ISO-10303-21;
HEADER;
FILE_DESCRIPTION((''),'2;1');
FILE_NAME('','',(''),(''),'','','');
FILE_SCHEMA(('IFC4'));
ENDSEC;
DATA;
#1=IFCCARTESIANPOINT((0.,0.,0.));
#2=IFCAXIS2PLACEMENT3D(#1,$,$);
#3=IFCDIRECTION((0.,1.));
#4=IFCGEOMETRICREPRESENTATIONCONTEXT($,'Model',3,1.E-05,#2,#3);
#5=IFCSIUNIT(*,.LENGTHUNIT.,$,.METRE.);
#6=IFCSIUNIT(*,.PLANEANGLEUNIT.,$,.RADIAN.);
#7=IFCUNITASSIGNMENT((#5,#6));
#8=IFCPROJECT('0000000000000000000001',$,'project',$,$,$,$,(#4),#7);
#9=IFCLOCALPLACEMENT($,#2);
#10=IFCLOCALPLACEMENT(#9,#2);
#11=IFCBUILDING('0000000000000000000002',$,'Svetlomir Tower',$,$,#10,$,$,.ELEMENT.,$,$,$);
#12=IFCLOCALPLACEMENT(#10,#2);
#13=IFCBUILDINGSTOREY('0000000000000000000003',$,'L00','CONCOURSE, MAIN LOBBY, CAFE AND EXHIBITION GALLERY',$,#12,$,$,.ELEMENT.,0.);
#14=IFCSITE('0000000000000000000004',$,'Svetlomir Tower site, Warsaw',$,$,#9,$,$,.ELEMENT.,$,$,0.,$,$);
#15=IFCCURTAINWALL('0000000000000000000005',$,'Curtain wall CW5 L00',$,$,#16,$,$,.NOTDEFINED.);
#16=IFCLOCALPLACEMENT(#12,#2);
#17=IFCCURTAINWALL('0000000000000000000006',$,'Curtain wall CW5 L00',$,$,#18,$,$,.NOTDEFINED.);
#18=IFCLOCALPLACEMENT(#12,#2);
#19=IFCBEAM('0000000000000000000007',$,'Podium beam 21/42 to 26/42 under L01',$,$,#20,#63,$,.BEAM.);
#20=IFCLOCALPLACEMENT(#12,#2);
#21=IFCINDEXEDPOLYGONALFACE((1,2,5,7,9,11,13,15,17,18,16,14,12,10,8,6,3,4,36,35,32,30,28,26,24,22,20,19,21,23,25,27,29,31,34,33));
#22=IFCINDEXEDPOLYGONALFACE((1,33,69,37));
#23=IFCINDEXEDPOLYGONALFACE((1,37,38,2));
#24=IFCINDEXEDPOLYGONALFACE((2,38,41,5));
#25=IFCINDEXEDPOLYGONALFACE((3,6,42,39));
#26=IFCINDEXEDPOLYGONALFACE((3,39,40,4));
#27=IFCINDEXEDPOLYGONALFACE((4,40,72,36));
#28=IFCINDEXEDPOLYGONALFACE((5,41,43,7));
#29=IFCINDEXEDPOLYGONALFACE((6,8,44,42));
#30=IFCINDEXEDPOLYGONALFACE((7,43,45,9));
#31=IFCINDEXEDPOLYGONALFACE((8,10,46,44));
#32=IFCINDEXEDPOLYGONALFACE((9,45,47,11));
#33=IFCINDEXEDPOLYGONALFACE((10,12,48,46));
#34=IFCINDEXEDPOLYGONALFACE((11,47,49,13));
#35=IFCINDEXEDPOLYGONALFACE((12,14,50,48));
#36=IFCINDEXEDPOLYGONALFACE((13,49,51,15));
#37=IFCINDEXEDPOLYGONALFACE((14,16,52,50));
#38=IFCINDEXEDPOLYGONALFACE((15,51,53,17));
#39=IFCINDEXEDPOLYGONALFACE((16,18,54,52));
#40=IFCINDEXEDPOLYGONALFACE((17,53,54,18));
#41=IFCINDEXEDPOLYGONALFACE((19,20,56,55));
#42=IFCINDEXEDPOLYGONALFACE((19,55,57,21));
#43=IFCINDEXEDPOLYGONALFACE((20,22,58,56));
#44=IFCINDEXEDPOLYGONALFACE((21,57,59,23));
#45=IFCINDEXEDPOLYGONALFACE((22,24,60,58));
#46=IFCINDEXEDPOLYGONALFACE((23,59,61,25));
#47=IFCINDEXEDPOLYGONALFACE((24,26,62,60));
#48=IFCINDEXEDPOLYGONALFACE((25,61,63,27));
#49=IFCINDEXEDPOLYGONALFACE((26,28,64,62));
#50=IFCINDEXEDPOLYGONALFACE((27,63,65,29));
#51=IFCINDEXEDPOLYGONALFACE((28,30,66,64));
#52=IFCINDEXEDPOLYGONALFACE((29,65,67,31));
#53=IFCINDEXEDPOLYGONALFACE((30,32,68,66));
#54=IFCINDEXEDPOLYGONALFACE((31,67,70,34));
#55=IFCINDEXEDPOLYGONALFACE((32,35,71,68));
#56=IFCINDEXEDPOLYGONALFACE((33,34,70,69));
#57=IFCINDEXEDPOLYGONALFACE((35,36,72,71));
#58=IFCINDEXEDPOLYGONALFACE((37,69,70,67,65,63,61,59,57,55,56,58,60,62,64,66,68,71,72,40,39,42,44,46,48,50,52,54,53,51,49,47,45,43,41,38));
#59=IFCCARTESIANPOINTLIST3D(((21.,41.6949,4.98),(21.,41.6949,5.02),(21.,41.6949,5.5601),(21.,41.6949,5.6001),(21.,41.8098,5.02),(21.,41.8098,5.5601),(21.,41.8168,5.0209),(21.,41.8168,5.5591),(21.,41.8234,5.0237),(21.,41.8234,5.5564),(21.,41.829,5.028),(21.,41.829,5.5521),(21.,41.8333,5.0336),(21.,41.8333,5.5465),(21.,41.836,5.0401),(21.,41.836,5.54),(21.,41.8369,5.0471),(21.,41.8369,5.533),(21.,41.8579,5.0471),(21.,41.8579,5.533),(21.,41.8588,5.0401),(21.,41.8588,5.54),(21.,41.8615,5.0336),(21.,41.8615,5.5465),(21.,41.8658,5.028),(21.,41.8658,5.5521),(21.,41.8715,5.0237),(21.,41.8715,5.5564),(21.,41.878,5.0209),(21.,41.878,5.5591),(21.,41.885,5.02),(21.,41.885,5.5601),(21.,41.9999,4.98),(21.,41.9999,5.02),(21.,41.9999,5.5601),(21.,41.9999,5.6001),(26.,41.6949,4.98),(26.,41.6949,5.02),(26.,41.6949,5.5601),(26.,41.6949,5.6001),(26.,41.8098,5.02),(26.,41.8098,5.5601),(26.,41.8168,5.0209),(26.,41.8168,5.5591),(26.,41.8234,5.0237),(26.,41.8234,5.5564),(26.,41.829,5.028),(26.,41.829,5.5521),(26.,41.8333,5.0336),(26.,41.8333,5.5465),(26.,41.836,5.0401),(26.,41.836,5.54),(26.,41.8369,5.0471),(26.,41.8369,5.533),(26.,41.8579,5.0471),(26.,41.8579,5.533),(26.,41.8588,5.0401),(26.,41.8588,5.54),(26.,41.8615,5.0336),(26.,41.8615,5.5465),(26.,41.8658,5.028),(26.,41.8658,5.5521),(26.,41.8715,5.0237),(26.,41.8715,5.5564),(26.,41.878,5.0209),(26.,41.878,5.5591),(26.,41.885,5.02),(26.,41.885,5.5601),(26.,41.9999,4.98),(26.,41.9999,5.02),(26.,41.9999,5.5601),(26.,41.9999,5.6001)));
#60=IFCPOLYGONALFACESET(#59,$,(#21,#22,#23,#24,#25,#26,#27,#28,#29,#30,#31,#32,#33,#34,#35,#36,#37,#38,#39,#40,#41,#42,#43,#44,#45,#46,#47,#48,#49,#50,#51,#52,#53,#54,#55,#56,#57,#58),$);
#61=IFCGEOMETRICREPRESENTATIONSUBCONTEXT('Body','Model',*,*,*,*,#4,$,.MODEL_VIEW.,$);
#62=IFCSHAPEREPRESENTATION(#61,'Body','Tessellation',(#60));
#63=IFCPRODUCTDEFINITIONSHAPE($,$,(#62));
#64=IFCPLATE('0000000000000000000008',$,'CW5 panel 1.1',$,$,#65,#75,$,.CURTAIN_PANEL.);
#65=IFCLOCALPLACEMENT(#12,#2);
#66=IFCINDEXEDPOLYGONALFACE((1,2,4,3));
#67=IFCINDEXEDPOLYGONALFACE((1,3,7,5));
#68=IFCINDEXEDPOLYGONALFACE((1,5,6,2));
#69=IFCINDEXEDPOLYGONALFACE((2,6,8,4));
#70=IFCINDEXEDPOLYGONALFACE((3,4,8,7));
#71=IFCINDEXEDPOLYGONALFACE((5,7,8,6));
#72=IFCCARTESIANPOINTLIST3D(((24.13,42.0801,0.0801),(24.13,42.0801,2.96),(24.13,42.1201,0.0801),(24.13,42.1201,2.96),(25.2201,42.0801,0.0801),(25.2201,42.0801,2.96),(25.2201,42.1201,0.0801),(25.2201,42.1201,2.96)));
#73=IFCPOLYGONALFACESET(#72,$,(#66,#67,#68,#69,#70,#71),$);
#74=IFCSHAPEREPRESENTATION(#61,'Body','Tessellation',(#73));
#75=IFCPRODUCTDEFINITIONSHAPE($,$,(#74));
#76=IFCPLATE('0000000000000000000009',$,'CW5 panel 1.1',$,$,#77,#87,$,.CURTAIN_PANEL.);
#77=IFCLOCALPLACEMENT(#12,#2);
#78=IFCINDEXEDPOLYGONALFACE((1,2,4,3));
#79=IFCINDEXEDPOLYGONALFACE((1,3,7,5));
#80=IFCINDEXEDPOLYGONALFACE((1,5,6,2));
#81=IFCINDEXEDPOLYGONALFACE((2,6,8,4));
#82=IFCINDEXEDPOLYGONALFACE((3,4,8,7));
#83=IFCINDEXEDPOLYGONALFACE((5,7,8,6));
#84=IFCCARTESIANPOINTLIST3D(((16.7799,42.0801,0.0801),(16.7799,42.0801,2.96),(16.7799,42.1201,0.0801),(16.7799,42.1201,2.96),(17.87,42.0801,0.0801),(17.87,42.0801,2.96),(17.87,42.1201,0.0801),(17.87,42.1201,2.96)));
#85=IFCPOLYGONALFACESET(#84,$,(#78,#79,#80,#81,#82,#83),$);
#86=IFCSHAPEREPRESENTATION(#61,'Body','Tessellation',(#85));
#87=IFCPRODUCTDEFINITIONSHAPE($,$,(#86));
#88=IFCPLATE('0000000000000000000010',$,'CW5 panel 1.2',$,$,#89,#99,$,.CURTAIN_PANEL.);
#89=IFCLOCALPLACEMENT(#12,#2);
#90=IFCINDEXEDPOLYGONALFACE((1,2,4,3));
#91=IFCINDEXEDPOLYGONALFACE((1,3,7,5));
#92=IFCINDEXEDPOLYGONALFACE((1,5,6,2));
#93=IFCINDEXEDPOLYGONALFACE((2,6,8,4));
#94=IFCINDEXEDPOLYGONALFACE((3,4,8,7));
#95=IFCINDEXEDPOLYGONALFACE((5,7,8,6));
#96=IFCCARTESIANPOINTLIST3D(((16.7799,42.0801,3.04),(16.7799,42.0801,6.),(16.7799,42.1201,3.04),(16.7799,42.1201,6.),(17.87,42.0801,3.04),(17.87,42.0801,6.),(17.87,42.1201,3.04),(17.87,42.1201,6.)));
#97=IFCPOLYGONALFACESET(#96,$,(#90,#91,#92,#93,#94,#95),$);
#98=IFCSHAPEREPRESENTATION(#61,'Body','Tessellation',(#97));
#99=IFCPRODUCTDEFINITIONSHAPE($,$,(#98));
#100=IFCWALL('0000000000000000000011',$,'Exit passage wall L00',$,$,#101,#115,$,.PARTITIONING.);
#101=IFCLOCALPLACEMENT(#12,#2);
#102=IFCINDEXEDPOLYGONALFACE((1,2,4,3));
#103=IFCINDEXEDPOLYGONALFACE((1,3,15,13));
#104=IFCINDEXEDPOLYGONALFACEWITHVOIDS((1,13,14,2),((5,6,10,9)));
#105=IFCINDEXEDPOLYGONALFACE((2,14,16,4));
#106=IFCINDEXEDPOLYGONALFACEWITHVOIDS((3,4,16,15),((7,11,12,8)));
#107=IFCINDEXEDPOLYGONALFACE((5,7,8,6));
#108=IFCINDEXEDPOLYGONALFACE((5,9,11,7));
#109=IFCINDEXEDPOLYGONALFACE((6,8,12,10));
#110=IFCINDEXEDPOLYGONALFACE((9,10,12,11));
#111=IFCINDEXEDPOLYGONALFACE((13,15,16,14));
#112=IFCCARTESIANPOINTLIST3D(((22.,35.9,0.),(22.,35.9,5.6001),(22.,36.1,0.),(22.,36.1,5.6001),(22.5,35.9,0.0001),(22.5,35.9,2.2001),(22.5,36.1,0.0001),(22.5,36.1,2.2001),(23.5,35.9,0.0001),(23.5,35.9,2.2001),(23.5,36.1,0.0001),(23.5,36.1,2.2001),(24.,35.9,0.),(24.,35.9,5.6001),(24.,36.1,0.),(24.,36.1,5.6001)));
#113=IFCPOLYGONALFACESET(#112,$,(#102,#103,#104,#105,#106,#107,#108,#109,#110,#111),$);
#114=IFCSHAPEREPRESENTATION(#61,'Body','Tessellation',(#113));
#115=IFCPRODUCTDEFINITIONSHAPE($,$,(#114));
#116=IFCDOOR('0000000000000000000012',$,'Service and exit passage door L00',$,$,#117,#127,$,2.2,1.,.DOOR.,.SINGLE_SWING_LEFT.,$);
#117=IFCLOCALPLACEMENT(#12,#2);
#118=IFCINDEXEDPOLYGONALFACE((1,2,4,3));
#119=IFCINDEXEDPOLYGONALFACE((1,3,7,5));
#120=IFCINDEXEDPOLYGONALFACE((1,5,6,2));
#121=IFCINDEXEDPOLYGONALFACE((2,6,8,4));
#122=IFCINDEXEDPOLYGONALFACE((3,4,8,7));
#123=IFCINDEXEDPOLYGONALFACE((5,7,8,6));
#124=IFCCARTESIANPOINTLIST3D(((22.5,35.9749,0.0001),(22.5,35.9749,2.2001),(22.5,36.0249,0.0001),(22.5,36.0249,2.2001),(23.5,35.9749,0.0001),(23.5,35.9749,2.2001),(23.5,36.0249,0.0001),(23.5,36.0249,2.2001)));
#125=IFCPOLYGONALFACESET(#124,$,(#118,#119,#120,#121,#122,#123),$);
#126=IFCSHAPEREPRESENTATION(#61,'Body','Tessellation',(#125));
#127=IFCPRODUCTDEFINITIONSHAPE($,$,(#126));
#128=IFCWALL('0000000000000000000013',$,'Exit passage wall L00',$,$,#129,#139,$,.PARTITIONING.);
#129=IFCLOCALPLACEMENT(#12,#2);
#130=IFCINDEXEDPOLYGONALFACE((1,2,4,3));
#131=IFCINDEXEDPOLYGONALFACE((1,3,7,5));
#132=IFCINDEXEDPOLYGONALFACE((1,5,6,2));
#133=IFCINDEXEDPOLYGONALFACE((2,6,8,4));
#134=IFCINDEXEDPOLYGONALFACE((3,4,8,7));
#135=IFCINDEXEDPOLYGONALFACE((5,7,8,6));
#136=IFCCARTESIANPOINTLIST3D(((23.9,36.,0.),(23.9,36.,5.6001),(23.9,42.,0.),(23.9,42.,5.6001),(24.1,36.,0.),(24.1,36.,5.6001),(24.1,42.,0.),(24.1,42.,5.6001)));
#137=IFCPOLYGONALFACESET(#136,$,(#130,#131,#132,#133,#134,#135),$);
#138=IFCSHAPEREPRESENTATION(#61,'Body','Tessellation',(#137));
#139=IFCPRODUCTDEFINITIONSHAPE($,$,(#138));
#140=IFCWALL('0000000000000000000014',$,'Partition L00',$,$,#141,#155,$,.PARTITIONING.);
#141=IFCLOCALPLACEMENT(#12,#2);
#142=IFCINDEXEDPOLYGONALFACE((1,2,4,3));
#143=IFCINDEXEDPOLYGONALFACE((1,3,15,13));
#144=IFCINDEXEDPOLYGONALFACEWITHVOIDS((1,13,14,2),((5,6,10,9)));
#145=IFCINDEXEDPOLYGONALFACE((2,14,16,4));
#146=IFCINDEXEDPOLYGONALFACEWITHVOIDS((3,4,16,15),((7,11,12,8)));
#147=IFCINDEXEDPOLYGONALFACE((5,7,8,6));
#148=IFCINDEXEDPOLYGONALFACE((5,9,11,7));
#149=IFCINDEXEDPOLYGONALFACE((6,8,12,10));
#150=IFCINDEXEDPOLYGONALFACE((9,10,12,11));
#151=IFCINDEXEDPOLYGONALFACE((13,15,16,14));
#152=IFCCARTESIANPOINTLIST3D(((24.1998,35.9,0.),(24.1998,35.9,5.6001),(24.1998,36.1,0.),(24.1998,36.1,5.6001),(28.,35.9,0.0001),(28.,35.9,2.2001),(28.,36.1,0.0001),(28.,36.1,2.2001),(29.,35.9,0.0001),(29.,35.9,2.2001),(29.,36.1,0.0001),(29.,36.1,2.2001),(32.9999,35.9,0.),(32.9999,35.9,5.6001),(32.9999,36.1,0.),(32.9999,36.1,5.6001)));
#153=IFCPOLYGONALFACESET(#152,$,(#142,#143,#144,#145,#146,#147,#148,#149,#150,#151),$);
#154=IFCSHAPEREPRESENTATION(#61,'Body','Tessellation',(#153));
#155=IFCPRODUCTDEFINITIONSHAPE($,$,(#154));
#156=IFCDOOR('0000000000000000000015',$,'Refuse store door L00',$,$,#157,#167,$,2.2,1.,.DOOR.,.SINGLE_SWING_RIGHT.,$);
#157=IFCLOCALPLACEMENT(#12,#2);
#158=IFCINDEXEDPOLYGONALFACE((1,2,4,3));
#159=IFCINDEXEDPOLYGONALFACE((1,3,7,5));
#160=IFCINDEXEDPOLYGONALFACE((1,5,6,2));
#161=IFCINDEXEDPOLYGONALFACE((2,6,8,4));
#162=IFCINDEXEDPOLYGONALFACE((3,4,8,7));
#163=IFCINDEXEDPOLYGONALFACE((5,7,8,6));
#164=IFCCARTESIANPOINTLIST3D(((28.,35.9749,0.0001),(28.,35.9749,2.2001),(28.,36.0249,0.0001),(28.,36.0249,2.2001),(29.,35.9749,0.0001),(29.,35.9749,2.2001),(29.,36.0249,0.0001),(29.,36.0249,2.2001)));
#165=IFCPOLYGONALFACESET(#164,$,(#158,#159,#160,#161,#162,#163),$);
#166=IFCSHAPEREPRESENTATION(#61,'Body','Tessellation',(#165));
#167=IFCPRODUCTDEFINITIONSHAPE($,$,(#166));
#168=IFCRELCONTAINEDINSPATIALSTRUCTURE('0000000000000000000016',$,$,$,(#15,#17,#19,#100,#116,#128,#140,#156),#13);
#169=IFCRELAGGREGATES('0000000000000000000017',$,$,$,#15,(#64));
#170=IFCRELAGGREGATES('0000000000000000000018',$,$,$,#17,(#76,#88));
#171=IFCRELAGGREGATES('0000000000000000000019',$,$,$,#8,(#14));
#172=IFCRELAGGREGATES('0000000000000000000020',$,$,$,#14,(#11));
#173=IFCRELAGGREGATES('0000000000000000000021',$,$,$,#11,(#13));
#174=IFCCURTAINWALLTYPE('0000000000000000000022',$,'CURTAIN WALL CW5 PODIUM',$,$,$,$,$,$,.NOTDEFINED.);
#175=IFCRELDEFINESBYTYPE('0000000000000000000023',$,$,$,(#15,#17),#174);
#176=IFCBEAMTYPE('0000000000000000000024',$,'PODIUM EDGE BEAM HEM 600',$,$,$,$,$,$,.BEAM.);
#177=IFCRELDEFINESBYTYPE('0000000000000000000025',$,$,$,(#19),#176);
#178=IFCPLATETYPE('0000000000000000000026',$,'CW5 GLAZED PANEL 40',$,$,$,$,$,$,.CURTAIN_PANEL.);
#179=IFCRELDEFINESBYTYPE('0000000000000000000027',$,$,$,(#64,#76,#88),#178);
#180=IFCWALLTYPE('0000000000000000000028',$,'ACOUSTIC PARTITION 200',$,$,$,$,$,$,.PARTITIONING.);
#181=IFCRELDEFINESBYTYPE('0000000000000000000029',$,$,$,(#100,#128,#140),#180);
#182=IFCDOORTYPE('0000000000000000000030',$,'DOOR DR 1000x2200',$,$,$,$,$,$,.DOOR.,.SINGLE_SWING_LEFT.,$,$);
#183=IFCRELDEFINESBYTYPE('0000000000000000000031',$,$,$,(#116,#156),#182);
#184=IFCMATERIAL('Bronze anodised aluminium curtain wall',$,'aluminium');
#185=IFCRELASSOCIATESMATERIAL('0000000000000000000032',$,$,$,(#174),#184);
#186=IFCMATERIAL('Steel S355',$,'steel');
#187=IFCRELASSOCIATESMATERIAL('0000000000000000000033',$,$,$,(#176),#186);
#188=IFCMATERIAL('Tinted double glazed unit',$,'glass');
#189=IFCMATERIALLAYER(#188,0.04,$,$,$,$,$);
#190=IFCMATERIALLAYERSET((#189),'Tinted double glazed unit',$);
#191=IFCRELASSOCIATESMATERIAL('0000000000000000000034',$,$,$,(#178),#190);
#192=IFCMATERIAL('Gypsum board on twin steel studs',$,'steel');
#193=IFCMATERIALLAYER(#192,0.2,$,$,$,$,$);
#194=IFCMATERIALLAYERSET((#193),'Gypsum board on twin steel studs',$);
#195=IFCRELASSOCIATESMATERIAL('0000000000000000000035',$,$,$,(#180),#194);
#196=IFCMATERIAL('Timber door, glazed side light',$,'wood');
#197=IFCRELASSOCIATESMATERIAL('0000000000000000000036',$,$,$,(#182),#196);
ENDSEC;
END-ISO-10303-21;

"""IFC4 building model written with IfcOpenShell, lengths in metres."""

from ifc_helpers import new_model, si_unit, direction, frame, frame_2d, origin, origin_2d, place, context, subcontext, project, spatial, rectangle, i_section, extrude, material, layer, layer_set, material_profile, profile_set, type_object, element, fill, aggregate, save


model = new_model("IFC4")

# Units and contexts
model_context = context("Model", 3, precision=1e-05, world=origin(), true_north=direction((0.0, 1.0)))
body_context = subcontext(model_context, "Body", "Model", "MODEL_VIEW")
ifc_project = project(units=[si_unit("LENGTHUNIT", "METRE"), si_unit("PLANEANGLEUNIT", "RADIAN")], contexts=[model_context])

# Site, building, storey
site_placement = place(None, origin())
site = spatial("IfcSite", under=ifc_project, at=site_placement, Name="Svetlomir Tower site, Warsaw", CompositionType="ELEMENT", RefElevation=0.0)
building_placement = place(site_placement, origin())
building = spatial("IfcBuilding", under=site, at=building_placement, Name="Svetlomir Tower", CompositionType="ELEMENT")
storey_placement = place(building_placement, origin())
storey = spatial("IfcBuildingStorey", under=building, at=storey_placement, Name="L00", Description="CONCOURSE, MAIN LOBBY, CAFE AND EXHIBITION GALLERY", CompositionType="ELEMENT", Elevation=0.0)

# Curtain wall
ifc_material_1 = material(Name="Bronze anodised aluminium curtain wall", Category="aluminium")
curtain_wall_type = type_object("IfcCurtainWallType", Name="CURTAIN WALL CW5 PODIUM", PredefinedType="NOTDEFINED", material=ifc_material_1)
curtain_wall_1_placement = place(storey_placement, origin())
curtain_wall_1 = element("IfcCurtainWall", 1, at=curtain_wall_1_placement, inside=storey, type_object=curtain_wall_type, Name="Curtain wall CW5 L00", PredefinedType="NOTDEFINED")

# Curtain wall
curtain_wall_2_placement = place(storey_placement, origin())
curtain_wall_2 = element("IfcCurtainWall", 2, at=curtain_wall_2_placement, inside=storey, type_object=curtain_wall_type, Name="Curtain wall CW5 L00", PredefinedType="NOTDEFINED")

# Beam
ifc_material_2 = material(Name="Steel S355", Category="steel")
ifc_material_profile_1 = material_profile(ifc_material_2, i_section(OverallWidth=0.3049, OverallDepth=0.6201, WebThickness=0.021, FlangeThickness=0.04, FilletRadius=0.0271, at=origin_2d()), Name="HEM 600")
ifc_profile_set_1 = profile_set([ifc_material_profile_1], Name="Steel S355")
beam_type = type_object("IfcBeamType", Name="PODIUM EDGE BEAM HEM 600", PredefinedType="BEAM", material=ifc_profile_set_1)
beam_placement = place(storey_placement, frame((21.0, 41.8474, 5.29), z_axis=(1.0, 0.0, 0.0), x_axis=(0.0, 1.0, 0.0)))
element("IfcBeam", 3, at=beam_placement, inside=storey, type_object=beam_type, Name="Podium beam 21/42 to 26/42 under L01", PredefinedType="BEAM", context=body_context, shape_type="SweptSolid", body=[
    extrude(i_section(OverallWidth=0.3049, OverallDepth=0.6201, WebThickness=0.021, FlangeThickness=0.04, FilletRadius=0.0271, at=origin_2d()), origin(), (0.0, 0.0, 1.0), 5.0),
])

# Plates
ifc_material_3 = material(Name="Tinted double glazed unit", Category="glass")
ifc_layer_1 = layer(ifc_material_3, 0.04)
ifc_layer_set_1 = layer_set([ifc_layer_1], Name="Tinted double glazed unit")
plate_type = type_object("IfcPlateType", Name="CW5 GLAZED PANEL 40", PredefinedType="CURTAIN_PANEL", material=ifc_layer_set_1)
plate_1_placement = place(storey_placement, frame((24.675, 42.1001, 0.0801), z_axis=(0.0, 0.0, 1.0), x_axis=(-1.0, 0.0, 0.0)))
plate_1 = element("IfcPlate", 4, at=plate_1_placement, type_object=plate_type, Name="CW5 panel 1.1", PredefinedType="CURTAIN_PANEL", context=body_context, shape_type="SweptSolid", body=[
    extrude(rectangle(XDim=1.0901, YDim=0.04, at=origin_2d()), origin(), (0.0, 0.0, 1.0), 2.8799),
])
aggregate(curtain_wall_1, [plate_1])
plate_2_placement = place(storey_placement, frame((17.325, 42.1001, 0.0801), z_axis=(0.0, 0.0, 1.0), x_axis=(-1.0, 0.0, 0.0)))
plate_2 = element("IfcPlate", 5, at=plate_2_placement, type_object=plate_type, Name="CW5 panel 1.1", PredefinedType="CURTAIN_PANEL", context=body_context, shape_type="SweptSolid", body=[
    extrude(rectangle(XDim=1.0901, YDim=0.04, at=origin_2d()), origin(), (0.0, 0.0, 1.0), 2.8799),
])
plate_3_placement = place(storey_placement, frame((17.325, 42.1001, 3.04), z_axis=(0.0, 0.0, 1.0), x_axis=(-1.0, 0.0, 0.0)))
plate_3 = element("IfcPlate", 6, at=plate_3_placement, type_object=plate_type, Name="CW5 panel 1.2", PredefinedType="CURTAIN_PANEL", context=body_context, shape_type="SweptSolid", body=[
    extrude(rectangle(XDim=1.0901, YDim=0.04, at=origin_2d()), origin(), (0.0, 0.0, 1.0), 2.96),
])
aggregate(curtain_wall_2, [plate_2, plate_3])

# Wall, opening, door
ifc_material_4 = material(Name="Gypsum board on twin steel studs", Category="steel")
ifc_layer_2 = layer(ifc_material_4, 0.2)
ifc_layer_set_2 = layer_set([ifc_layer_2], Name="Gypsum board on twin steel studs")
wall_type_1 = type_object("IfcWallType", Name="ACOUSTIC PARTITION 200", PredefinedType="PARTITIONING", material=ifc_layer_set_2)
wall_1_placement = place(storey_placement, frame((22.0, 36.0, 0.0), z_axis=(0.0, 0.0, 1.0), x_axis=(1.0, 0.0, 0.0)))
wall_1 = element("IfcWall", 7, at=wall_1_placement, inside=storey, type_object=wall_type_1, Name="Exit passage wall L00", PredefinedType="PARTITIONING", context=body_context, shape_type="SweptSolid", body=[
    extrude(rectangle(XDim=2.0, YDim=0.2, at=frame_2d((1.0, 0.0))), origin(), (0.0, 0.0, 1.0), 5.6001),
])
opening_1_placement = place(wall_1_placement, frame((0.5, 0.0, 0.0)))
opening_1 = element("IfcOpeningElement", 8, at=opening_1_placement, cuts=wall_1, PredefinedType="OPENING", context=body_context, shape_type="SweptSolid", body=[
    extrude(rectangle(XDim=1.0, YDim=2.2, at=frame_2d((0.5, 1.1001))), frame((0.0, 0.1099, 0.0), z_axis=(0.0, -1.0, 0.0), x_axis=(1.0, 0.0, 0.0)), (0.0, 0.0, 1.0), 0.22),
])
ifc_material_5 = material(Name="Timber door, glazed side light", Category="wood")
door_type_1 = type_object("IfcDoorType", Name="DOOR DR 1000x2200", OperationType="SINGLE_SWING_LEFT", PredefinedType="DOOR", material=ifc_material_5)
door_1_placement = place(opening_1_placement, origin())
door_1 = element("IfcDoor", 9, at=door_1_placement, inside=storey, type_object=door_type_1, Name="Service and exit passage door L00", OperationType="SINGLE_SWING_LEFT", OverallHeight=2.2, OverallWidth=1.0, PredefinedType="DOOR", context=body_context, shape_type="SweptSolid", body=[
    extrude(rectangle(XDim=1.0, YDim=2.2, at=frame_2d((0.5, 1.1001))), frame((0.0, 0.0249, 0.0), z_axis=(0.0, -1.0, 0.0), x_axis=(1.0, 0.0, 0.0)), (0.0, 0.0, 1.0), 0.05),
])
fill(opening_1, door_1)

# Wall
wall_2_placement = place(storey_placement, frame((24.0, 36.0, 0.0), z_axis=(0.0, 0.0, 1.0), x_axis=(0.0, 1.0, 0.0)))
element("IfcWall", 10, at=wall_2_placement, inside=storey, type_object=wall_type_1, Name="Exit passage wall L00", PredefinedType="PARTITIONING", context=body_context, shape_type="SweptSolid", body=[
    extrude(rectangle(XDim=6.0, YDim=0.2, at=frame_2d((3.0, 0.0))), origin(), (0.0, 0.0, 1.0), 5.6001),
])

# Wall, opening, door
wall_3_placement = place(storey_placement, frame((24.2, 36.0, 0.0), z_axis=(0.0, 0.0, 1.0), x_axis=(1.0, 0.0, 0.0)))
wall_3 = element("IfcWall", 11, at=wall_3_placement, inside=storey, type_object=wall_type_1, Name="Partition L00", PredefinedType="PARTITIONING", context=body_context, shape_type="SweptSolid", body=[
    extrude(rectangle(XDim=8.8, YDim=0.2, at=frame_2d((4.3999, 0.0))), origin(), (0.0, 0.0, 1.0), 5.6001),
])
opening_2_placement = place(wall_3_placement, frame((3.8, 0.0, 0.0)))
opening_2 = element("IfcOpeningElement", 12, at=opening_2_placement, cuts=wall_3, PredefinedType="OPENING", context=body_context, shape_type="SweptSolid", body=[
    extrude(rectangle(XDim=1.0, YDim=2.2, at=frame_2d((0.5, 1.1001))), frame((0.0, 0.1099, 0.0), z_axis=(0.0, -1.0, 0.0), x_axis=(1.0, 0.0, 0.0)), (0.0, 0.0, 1.0), 0.22),
])
door_2_placement = place(opening_2_placement, origin())
door_2 = element("IfcDoor", 13, at=door_2_placement, inside=storey, type_object=door_type_1, Name="Refuse store door L00", OperationType="SINGLE_SWING_RIGHT", OverallHeight=2.2, OverallWidth=1.0, PredefinedType="DOOR", context=body_context, shape_type="SweptSolid", body=[
    extrude(rectangle(XDim=1.0, YDim=2.2, at=frame_2d((0.5, 1.1001))), frame((0.0, 0.0249, 0.0), z_axis=(0.0, -1.0, 0.0), x_axis=(1.0, 0.0, 0.0)), (0.0, 0.0, 1.0), 0.05),
])
fill(opening_2, door_2)

save(model, "model.ifc")
